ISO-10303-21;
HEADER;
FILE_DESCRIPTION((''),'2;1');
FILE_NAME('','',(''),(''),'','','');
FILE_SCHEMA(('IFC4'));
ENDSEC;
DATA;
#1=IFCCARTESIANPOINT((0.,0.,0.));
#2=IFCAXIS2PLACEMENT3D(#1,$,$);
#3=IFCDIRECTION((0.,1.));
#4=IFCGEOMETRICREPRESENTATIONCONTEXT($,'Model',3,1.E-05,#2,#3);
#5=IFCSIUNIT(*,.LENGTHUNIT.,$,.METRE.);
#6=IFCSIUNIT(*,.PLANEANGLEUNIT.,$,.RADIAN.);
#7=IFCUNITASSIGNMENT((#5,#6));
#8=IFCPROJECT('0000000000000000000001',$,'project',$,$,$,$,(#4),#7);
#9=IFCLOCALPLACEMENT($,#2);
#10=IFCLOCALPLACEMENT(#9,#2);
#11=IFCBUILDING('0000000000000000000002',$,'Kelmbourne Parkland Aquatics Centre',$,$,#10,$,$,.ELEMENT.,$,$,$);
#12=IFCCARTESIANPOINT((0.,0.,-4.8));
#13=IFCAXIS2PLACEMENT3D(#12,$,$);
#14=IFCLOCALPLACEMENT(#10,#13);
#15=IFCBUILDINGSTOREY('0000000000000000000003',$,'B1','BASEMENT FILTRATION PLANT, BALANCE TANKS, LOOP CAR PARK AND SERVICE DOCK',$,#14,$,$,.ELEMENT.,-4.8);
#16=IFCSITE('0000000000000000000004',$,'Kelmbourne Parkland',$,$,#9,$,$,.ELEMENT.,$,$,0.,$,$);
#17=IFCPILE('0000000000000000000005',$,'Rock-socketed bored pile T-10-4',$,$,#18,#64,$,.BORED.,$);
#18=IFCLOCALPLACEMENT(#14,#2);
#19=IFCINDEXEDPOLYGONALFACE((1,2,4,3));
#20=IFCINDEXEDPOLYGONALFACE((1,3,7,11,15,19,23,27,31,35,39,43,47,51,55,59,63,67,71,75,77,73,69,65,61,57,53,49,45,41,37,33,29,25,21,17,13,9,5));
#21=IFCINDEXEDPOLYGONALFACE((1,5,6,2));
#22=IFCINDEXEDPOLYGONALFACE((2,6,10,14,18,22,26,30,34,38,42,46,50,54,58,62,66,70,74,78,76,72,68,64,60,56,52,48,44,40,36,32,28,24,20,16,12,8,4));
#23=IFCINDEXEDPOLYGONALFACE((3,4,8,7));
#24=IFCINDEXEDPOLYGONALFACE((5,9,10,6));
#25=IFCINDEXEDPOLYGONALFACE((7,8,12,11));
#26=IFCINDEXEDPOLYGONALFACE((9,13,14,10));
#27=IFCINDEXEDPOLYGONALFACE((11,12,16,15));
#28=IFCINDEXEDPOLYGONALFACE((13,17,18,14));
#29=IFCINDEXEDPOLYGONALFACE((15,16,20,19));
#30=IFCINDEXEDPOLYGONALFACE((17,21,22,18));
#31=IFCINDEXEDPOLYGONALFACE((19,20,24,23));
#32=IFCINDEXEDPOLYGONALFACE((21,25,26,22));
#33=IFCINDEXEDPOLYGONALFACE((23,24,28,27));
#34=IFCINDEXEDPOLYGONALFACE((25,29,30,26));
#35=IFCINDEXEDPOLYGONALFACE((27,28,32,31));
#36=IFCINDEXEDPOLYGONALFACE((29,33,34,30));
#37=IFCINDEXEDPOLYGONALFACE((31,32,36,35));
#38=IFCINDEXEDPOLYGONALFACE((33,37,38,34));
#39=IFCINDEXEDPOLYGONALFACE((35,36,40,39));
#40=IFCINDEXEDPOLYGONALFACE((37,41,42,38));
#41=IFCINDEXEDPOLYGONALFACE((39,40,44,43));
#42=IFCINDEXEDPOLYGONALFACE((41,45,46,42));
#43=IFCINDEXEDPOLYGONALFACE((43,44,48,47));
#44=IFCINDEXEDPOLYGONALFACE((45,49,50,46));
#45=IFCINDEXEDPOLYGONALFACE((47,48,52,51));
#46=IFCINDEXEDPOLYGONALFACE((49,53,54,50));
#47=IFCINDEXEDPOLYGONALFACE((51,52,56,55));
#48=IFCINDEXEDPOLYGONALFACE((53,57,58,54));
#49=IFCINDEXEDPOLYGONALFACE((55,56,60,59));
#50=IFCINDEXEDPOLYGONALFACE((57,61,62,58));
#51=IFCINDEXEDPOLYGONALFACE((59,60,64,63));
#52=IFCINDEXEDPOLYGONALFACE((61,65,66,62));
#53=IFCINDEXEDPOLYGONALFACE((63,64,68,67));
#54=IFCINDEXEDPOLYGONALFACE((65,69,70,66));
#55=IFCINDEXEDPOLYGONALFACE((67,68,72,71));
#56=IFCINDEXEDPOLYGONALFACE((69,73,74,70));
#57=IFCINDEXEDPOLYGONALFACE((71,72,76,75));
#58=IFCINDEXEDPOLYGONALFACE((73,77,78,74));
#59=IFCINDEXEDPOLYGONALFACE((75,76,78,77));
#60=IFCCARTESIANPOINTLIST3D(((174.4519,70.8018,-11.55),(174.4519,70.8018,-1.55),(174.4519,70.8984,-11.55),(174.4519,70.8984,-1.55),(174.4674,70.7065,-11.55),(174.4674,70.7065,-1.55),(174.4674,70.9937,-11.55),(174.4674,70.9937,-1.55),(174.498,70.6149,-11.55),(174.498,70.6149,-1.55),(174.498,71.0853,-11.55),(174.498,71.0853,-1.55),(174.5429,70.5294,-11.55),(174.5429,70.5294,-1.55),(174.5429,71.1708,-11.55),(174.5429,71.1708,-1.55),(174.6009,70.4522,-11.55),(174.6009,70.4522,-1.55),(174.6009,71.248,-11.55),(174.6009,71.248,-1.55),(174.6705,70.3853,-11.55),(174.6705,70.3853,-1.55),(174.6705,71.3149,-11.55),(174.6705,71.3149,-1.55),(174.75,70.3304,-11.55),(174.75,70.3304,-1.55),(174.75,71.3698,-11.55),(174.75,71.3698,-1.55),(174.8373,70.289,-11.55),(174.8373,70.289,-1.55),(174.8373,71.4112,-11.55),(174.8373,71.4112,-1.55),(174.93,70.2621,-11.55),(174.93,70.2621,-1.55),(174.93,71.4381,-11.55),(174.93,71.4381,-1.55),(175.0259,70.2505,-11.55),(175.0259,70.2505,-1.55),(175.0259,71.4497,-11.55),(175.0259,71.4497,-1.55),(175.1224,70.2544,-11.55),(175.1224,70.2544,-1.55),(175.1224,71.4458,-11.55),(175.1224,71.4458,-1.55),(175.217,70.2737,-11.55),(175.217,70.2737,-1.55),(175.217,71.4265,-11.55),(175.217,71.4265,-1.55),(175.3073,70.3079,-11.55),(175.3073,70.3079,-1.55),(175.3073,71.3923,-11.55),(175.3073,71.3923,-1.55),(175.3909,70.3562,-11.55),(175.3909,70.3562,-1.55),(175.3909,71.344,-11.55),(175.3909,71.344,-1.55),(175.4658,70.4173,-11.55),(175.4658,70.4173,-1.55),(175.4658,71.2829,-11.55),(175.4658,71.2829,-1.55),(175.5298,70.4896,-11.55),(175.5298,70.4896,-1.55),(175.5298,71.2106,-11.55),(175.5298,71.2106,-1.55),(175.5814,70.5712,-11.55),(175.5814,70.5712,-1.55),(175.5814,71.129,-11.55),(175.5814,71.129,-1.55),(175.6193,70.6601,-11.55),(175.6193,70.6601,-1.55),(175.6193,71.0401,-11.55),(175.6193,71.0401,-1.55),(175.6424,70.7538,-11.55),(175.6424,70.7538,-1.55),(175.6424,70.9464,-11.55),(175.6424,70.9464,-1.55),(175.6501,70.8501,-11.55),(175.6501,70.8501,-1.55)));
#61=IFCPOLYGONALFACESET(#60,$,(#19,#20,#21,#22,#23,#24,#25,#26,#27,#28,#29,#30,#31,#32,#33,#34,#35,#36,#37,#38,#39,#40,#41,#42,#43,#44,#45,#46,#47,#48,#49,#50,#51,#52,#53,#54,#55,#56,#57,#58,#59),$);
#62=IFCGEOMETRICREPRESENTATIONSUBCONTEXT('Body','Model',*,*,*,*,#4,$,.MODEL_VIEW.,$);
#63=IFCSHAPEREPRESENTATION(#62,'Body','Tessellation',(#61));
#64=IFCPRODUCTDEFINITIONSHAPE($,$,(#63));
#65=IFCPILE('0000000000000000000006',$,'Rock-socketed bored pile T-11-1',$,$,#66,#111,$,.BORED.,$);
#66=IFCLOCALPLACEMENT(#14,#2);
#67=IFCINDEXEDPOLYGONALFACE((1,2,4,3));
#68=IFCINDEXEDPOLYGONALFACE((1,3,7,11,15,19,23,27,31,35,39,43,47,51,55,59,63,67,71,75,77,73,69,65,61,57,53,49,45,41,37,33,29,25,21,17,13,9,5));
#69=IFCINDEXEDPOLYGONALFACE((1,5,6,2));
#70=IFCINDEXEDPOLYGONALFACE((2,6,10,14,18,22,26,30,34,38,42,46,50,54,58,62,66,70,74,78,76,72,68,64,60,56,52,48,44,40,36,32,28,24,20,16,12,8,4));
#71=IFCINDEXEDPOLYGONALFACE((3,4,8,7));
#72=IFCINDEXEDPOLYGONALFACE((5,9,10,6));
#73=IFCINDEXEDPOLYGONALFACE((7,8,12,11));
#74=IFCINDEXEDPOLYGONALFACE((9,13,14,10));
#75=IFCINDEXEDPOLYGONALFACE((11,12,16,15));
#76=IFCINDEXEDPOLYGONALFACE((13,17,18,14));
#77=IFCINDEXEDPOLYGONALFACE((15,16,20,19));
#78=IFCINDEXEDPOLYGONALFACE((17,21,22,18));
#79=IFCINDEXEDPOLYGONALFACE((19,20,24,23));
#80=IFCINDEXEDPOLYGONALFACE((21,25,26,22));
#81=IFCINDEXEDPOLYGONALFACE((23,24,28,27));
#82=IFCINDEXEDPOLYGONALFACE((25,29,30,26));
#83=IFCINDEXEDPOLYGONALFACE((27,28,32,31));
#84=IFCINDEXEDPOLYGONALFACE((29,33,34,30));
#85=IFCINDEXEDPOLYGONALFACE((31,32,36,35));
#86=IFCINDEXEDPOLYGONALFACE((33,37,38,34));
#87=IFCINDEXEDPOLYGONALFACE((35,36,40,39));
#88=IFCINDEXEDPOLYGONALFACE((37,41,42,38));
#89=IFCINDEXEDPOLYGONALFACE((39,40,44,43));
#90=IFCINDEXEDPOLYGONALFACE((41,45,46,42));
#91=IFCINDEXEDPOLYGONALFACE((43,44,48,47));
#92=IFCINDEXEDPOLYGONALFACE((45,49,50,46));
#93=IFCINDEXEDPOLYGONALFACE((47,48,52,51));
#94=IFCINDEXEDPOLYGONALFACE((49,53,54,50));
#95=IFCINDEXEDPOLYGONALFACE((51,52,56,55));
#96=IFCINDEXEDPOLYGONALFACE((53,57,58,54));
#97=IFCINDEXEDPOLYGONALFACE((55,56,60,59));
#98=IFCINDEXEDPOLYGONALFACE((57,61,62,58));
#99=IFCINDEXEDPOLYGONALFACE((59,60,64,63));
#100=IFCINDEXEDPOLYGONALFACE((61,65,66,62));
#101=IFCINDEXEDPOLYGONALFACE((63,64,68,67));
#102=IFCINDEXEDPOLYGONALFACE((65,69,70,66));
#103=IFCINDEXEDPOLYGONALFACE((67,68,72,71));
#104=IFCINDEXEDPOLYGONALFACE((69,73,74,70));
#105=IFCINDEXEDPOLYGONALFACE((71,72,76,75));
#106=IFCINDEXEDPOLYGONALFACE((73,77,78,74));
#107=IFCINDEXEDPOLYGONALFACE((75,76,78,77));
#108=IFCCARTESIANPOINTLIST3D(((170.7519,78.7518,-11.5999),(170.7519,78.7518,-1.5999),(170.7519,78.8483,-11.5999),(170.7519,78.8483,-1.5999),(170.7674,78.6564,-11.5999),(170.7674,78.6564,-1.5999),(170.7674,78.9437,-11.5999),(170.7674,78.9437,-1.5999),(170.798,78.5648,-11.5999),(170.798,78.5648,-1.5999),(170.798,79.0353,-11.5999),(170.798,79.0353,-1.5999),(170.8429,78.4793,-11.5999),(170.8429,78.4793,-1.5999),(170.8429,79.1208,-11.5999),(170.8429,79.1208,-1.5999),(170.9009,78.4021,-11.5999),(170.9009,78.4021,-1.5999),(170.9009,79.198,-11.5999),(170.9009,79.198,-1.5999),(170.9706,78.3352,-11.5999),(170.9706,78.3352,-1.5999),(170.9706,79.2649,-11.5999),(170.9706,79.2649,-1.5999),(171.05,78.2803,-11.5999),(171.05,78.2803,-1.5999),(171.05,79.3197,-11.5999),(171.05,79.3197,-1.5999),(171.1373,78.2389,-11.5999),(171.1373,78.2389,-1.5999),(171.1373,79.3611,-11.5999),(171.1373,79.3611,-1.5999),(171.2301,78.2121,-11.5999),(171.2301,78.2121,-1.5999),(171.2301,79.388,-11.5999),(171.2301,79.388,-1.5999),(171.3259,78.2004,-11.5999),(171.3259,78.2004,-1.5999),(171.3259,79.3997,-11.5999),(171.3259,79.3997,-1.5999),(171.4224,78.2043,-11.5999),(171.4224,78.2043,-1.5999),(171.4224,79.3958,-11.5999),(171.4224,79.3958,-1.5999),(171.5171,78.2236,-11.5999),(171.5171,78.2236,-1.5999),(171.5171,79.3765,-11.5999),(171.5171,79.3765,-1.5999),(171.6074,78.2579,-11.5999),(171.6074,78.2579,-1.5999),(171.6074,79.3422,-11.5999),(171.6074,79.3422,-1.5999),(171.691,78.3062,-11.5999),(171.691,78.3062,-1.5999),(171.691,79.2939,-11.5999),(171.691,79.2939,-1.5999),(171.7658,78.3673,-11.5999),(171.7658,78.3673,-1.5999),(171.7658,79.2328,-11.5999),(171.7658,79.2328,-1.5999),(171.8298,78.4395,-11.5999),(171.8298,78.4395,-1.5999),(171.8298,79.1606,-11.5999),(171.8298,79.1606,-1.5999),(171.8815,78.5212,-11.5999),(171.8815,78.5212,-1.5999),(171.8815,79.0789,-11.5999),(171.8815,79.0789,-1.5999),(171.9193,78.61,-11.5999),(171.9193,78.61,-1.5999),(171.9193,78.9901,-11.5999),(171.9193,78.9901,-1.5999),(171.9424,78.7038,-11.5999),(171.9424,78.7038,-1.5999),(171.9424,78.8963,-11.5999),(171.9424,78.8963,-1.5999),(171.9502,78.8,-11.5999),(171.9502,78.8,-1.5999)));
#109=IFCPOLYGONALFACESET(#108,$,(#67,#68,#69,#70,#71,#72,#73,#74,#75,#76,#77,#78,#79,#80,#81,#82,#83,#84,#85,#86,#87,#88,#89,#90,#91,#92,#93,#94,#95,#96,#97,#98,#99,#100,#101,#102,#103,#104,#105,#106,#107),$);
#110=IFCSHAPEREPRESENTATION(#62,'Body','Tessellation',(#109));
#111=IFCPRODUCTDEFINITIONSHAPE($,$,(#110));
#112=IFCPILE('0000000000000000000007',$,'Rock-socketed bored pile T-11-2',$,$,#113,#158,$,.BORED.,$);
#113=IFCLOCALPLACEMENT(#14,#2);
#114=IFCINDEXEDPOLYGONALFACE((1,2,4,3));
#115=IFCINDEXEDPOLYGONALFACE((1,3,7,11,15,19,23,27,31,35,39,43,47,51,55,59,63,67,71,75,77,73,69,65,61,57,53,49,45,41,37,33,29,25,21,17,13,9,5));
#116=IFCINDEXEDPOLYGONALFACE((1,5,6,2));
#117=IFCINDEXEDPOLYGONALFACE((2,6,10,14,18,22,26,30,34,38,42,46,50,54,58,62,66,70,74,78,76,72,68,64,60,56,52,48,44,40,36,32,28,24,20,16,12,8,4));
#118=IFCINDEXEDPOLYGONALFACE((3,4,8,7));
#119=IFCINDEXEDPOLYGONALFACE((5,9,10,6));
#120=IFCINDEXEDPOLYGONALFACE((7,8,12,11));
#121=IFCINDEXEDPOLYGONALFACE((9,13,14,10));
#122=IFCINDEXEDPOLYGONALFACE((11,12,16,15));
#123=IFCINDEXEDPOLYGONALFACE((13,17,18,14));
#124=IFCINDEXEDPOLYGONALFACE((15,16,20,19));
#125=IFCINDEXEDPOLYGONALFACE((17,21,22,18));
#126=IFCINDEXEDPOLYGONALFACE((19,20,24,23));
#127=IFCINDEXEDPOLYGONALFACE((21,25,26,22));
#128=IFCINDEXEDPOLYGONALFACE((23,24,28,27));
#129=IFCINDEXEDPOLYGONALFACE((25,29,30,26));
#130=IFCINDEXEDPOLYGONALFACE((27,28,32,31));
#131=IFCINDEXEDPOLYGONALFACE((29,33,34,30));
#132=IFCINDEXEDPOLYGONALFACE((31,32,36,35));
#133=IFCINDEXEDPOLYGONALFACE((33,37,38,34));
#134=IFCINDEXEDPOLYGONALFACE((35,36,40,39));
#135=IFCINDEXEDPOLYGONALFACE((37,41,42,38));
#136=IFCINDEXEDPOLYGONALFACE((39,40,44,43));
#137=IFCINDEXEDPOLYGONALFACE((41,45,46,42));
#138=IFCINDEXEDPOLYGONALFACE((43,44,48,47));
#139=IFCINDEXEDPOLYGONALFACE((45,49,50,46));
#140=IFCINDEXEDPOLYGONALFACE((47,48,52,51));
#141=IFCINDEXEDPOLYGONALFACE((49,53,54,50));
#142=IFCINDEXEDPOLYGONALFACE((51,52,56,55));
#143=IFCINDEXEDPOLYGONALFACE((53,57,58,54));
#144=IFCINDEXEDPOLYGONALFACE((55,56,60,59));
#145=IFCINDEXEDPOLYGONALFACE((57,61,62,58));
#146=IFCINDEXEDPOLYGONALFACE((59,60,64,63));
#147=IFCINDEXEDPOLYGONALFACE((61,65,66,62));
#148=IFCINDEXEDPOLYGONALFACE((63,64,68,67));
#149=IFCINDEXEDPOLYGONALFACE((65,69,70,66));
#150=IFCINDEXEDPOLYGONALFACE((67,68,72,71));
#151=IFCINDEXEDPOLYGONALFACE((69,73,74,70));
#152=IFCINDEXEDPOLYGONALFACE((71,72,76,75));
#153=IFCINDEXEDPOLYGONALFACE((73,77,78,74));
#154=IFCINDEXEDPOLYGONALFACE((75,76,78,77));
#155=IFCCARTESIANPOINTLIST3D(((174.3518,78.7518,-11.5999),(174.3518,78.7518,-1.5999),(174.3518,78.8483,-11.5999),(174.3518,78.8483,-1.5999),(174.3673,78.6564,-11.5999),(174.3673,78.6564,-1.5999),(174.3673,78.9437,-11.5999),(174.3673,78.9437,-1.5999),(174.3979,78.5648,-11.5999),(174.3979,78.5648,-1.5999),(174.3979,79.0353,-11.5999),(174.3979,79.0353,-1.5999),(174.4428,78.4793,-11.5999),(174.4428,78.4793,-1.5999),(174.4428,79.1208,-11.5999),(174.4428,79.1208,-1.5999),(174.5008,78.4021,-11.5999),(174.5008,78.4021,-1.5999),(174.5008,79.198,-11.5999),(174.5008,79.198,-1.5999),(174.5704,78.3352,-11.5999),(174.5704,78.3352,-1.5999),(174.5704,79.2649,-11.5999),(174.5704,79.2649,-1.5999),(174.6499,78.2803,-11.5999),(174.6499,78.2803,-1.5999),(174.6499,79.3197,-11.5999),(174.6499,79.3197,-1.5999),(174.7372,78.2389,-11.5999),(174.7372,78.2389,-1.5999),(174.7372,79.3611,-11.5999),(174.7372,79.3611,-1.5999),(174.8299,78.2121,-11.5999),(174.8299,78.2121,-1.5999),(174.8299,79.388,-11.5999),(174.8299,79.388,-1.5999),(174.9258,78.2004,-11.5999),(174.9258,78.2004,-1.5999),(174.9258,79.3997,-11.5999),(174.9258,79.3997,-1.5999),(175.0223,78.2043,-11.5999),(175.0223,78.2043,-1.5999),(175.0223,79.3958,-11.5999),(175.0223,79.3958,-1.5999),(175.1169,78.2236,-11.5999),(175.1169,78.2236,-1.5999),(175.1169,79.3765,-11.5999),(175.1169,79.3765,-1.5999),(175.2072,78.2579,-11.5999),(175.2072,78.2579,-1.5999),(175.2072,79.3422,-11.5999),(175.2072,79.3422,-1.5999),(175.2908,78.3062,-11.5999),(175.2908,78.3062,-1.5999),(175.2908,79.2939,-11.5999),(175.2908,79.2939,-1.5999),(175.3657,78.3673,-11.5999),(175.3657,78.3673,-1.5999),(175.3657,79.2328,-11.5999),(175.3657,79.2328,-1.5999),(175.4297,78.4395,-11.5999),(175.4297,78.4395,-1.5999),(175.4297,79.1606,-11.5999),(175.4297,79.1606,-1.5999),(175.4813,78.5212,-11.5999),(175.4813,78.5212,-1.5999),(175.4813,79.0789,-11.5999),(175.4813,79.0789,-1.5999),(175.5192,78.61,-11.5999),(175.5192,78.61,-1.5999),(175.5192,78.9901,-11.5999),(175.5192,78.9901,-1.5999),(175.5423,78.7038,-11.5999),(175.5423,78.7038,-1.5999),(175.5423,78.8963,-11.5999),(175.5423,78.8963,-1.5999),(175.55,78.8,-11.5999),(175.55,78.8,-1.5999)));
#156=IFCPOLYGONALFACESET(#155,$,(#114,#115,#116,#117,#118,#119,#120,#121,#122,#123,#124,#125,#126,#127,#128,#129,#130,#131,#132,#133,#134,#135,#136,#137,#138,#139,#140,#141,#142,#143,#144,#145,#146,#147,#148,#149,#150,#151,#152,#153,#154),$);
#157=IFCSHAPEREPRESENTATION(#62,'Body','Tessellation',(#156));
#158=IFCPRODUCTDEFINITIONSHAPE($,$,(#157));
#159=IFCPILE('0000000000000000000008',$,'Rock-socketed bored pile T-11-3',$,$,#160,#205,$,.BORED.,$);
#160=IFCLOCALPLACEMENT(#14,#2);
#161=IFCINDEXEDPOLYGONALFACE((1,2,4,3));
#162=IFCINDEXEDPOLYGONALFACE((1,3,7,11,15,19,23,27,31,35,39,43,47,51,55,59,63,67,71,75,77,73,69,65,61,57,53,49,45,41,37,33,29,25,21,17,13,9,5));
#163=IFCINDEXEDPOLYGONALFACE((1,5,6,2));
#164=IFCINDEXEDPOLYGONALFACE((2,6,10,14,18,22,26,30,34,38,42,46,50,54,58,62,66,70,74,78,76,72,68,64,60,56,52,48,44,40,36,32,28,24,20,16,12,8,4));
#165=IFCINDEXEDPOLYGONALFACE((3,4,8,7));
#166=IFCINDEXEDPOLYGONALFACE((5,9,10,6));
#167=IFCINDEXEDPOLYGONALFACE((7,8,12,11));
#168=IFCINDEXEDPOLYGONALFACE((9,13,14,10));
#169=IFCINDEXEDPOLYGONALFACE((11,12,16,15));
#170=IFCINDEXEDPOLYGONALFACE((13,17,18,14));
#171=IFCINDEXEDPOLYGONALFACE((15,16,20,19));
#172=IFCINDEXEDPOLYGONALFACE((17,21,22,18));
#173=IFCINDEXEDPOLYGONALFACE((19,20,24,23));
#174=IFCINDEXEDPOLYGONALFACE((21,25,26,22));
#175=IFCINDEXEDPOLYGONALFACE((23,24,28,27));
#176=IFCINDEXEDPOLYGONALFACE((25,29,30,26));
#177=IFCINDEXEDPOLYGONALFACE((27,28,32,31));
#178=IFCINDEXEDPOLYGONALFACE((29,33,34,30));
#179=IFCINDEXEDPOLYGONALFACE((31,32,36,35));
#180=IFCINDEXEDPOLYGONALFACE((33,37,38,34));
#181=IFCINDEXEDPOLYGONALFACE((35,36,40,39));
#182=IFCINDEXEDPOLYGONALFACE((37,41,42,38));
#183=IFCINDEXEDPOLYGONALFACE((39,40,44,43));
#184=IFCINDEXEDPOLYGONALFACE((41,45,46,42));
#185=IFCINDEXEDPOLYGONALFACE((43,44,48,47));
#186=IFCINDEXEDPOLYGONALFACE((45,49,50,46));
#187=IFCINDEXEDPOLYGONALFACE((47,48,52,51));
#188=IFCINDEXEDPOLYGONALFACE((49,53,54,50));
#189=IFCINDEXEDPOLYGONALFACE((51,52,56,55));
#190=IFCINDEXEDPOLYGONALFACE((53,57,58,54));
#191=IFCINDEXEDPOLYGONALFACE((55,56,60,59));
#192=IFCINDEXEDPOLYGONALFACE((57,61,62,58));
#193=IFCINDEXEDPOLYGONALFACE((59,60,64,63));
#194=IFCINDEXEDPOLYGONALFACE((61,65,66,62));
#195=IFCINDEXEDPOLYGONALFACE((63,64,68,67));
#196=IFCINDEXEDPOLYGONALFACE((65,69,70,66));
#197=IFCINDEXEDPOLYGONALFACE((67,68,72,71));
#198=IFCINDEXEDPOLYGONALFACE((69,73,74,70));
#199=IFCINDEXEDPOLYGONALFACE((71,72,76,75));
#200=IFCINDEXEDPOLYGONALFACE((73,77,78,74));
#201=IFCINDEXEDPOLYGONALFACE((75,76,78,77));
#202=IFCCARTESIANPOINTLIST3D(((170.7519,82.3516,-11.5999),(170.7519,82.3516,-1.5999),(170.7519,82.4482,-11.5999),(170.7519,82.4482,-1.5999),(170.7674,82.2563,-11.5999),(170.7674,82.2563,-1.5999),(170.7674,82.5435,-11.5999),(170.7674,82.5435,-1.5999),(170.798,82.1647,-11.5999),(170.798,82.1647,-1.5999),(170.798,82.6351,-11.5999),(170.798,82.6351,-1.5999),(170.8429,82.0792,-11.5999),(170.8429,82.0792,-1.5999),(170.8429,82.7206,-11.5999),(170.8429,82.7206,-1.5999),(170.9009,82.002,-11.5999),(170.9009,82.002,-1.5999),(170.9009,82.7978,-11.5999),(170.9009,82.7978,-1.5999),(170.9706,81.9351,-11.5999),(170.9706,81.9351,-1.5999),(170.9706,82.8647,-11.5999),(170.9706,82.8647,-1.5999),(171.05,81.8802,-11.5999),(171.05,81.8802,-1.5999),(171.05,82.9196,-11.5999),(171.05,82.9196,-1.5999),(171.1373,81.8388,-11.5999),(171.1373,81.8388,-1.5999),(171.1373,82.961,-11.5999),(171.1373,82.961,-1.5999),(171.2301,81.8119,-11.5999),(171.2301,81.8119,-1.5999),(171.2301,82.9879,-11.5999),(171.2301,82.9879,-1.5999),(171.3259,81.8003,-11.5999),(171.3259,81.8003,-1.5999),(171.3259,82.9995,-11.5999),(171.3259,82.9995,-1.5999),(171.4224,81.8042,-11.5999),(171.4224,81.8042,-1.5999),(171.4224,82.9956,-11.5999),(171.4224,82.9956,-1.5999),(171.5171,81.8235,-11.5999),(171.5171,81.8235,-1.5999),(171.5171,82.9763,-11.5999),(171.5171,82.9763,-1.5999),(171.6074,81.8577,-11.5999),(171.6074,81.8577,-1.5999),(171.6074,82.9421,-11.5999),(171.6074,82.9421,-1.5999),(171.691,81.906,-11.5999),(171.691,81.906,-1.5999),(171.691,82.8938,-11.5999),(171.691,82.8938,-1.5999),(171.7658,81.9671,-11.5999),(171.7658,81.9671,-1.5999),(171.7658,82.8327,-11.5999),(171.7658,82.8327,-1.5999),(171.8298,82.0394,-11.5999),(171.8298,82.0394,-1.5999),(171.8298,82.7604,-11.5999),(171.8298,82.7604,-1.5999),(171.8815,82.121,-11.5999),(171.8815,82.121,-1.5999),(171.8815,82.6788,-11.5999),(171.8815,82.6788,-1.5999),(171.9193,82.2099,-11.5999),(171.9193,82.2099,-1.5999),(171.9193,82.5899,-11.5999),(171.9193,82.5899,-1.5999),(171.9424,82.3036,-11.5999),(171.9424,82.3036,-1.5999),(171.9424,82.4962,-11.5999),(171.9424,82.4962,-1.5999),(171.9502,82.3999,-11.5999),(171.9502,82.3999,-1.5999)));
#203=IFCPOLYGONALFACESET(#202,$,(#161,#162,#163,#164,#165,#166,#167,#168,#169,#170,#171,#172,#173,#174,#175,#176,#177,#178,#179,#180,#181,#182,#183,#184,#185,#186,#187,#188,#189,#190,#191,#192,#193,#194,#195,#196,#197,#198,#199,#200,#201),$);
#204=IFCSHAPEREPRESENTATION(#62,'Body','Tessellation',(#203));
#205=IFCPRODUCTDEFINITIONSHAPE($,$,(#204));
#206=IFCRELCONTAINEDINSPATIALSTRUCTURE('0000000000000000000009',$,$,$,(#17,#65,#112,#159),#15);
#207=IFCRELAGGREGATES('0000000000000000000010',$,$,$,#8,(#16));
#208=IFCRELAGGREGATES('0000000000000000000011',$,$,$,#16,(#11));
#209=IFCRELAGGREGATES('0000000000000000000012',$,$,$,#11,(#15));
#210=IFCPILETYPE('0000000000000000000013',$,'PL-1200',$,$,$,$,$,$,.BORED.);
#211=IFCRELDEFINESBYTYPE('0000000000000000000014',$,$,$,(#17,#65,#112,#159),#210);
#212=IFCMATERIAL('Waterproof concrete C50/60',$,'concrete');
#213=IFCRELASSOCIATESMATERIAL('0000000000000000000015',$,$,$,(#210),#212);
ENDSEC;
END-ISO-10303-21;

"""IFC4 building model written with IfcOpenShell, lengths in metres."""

from ifc_helpers import new_model, si_unit, direction, frame, origin, origin_2d, place, context, subcontext, project, spatial, circle, extrude, material, material_profile, profile_set, type_object, element, save


model = new_model("IFC4")

# Units and contexts
model_context = context("Model", 3, precision=1e-05, world=origin(), true_north=direction((0.0, 1.0)))
body_context = subcontext(model_context, "Body", "Model", "MODEL_VIEW")
ifc_project = project(units=[si_unit("LENGTHUNIT", "METRE"), si_unit("PLANEANGLEUNIT", "RADIAN")], contexts=[model_context])

# Site, building, storey
site_placement = place(None, origin())
site = spatial("IfcSite", under=ifc_project, at=site_placement, Name="Kelmbourne Parkland", CompositionType="ELEMENT", RefElevation=0.0)
building_placement = place(site_placement, origin())
building = spatial("IfcBuilding", under=site, at=building_placement, Name="Kelmbourne Parkland Aquatics Centre", CompositionType="ELEMENT")
storey_placement = place(building_placement, frame((0.0, 0.0, -4.8)))
storey = spatial("IfcBuildingStorey", under=building, at=storey_placement, Name="B1", Description="BASEMENT FILTRATION PLANT, BALANCE TANKS, LOOP CAR PARK AND SERVICE DOCK", CompositionType="ELEMENT", Elevation=-4.8)

# Shared definitions
ifc_material_1 = material(Name="Waterproof concrete C50/60", Category="concrete")

# Piles
ifc_material_profile_1 = material_profile(ifc_material_1, circle(Radius=0.6001, at=origin_2d()), Name="PILE D1200")
ifc_profile_set_1 = profile_set([ifc_material_profile_1], Name="Waterproof concrete C50/60")
pile_type_1 = type_object("IfcPileType", Name="PL-1200", PredefinedType="BORED", material=ifc_profile_set_1)
for number, where, z_axis, x_axis, name in (
    (1, (175.05, 70.8501, -1.55), (0.0, 0.0, -1.0), (1.0, 0.0, 0.0), "Rock-socketed bored pile T-10-4"),
    (2, (171.3501, 78.8, -1.5999), (0.0, 0.0, -1.0), (1.0, 0.0, 0.0), "Rock-socketed bored pile T-11-1"),
    (3, (174.95, 78.8, -1.5999), (0.0, 0.0, -1.0), (1.0, 0.0, 0.0), "Rock-socketed bored pile T-11-2"),
    (4, (171.3501, 82.3999, -1.5999), (0.0, 0.0, -1.0), (1.0, 0.0, 0.0), "Rock-socketed bored pile T-11-3"),
):
    element("IfcPile", number, at=place(storey_placement, frame(where, z_axis=z_axis, x_axis=x_axis)), inside=storey, type_object=pile_type_1, Name=name, PredefinedType="BORED", context=body_context, shape_type="SweptSolid", body=[
        extrude(circle(Radius=0.6001, at=origin_2d()), origin(), (0.0, 0.0, 1.0), 10.0),
    ])

save(model, "model.ifc")
